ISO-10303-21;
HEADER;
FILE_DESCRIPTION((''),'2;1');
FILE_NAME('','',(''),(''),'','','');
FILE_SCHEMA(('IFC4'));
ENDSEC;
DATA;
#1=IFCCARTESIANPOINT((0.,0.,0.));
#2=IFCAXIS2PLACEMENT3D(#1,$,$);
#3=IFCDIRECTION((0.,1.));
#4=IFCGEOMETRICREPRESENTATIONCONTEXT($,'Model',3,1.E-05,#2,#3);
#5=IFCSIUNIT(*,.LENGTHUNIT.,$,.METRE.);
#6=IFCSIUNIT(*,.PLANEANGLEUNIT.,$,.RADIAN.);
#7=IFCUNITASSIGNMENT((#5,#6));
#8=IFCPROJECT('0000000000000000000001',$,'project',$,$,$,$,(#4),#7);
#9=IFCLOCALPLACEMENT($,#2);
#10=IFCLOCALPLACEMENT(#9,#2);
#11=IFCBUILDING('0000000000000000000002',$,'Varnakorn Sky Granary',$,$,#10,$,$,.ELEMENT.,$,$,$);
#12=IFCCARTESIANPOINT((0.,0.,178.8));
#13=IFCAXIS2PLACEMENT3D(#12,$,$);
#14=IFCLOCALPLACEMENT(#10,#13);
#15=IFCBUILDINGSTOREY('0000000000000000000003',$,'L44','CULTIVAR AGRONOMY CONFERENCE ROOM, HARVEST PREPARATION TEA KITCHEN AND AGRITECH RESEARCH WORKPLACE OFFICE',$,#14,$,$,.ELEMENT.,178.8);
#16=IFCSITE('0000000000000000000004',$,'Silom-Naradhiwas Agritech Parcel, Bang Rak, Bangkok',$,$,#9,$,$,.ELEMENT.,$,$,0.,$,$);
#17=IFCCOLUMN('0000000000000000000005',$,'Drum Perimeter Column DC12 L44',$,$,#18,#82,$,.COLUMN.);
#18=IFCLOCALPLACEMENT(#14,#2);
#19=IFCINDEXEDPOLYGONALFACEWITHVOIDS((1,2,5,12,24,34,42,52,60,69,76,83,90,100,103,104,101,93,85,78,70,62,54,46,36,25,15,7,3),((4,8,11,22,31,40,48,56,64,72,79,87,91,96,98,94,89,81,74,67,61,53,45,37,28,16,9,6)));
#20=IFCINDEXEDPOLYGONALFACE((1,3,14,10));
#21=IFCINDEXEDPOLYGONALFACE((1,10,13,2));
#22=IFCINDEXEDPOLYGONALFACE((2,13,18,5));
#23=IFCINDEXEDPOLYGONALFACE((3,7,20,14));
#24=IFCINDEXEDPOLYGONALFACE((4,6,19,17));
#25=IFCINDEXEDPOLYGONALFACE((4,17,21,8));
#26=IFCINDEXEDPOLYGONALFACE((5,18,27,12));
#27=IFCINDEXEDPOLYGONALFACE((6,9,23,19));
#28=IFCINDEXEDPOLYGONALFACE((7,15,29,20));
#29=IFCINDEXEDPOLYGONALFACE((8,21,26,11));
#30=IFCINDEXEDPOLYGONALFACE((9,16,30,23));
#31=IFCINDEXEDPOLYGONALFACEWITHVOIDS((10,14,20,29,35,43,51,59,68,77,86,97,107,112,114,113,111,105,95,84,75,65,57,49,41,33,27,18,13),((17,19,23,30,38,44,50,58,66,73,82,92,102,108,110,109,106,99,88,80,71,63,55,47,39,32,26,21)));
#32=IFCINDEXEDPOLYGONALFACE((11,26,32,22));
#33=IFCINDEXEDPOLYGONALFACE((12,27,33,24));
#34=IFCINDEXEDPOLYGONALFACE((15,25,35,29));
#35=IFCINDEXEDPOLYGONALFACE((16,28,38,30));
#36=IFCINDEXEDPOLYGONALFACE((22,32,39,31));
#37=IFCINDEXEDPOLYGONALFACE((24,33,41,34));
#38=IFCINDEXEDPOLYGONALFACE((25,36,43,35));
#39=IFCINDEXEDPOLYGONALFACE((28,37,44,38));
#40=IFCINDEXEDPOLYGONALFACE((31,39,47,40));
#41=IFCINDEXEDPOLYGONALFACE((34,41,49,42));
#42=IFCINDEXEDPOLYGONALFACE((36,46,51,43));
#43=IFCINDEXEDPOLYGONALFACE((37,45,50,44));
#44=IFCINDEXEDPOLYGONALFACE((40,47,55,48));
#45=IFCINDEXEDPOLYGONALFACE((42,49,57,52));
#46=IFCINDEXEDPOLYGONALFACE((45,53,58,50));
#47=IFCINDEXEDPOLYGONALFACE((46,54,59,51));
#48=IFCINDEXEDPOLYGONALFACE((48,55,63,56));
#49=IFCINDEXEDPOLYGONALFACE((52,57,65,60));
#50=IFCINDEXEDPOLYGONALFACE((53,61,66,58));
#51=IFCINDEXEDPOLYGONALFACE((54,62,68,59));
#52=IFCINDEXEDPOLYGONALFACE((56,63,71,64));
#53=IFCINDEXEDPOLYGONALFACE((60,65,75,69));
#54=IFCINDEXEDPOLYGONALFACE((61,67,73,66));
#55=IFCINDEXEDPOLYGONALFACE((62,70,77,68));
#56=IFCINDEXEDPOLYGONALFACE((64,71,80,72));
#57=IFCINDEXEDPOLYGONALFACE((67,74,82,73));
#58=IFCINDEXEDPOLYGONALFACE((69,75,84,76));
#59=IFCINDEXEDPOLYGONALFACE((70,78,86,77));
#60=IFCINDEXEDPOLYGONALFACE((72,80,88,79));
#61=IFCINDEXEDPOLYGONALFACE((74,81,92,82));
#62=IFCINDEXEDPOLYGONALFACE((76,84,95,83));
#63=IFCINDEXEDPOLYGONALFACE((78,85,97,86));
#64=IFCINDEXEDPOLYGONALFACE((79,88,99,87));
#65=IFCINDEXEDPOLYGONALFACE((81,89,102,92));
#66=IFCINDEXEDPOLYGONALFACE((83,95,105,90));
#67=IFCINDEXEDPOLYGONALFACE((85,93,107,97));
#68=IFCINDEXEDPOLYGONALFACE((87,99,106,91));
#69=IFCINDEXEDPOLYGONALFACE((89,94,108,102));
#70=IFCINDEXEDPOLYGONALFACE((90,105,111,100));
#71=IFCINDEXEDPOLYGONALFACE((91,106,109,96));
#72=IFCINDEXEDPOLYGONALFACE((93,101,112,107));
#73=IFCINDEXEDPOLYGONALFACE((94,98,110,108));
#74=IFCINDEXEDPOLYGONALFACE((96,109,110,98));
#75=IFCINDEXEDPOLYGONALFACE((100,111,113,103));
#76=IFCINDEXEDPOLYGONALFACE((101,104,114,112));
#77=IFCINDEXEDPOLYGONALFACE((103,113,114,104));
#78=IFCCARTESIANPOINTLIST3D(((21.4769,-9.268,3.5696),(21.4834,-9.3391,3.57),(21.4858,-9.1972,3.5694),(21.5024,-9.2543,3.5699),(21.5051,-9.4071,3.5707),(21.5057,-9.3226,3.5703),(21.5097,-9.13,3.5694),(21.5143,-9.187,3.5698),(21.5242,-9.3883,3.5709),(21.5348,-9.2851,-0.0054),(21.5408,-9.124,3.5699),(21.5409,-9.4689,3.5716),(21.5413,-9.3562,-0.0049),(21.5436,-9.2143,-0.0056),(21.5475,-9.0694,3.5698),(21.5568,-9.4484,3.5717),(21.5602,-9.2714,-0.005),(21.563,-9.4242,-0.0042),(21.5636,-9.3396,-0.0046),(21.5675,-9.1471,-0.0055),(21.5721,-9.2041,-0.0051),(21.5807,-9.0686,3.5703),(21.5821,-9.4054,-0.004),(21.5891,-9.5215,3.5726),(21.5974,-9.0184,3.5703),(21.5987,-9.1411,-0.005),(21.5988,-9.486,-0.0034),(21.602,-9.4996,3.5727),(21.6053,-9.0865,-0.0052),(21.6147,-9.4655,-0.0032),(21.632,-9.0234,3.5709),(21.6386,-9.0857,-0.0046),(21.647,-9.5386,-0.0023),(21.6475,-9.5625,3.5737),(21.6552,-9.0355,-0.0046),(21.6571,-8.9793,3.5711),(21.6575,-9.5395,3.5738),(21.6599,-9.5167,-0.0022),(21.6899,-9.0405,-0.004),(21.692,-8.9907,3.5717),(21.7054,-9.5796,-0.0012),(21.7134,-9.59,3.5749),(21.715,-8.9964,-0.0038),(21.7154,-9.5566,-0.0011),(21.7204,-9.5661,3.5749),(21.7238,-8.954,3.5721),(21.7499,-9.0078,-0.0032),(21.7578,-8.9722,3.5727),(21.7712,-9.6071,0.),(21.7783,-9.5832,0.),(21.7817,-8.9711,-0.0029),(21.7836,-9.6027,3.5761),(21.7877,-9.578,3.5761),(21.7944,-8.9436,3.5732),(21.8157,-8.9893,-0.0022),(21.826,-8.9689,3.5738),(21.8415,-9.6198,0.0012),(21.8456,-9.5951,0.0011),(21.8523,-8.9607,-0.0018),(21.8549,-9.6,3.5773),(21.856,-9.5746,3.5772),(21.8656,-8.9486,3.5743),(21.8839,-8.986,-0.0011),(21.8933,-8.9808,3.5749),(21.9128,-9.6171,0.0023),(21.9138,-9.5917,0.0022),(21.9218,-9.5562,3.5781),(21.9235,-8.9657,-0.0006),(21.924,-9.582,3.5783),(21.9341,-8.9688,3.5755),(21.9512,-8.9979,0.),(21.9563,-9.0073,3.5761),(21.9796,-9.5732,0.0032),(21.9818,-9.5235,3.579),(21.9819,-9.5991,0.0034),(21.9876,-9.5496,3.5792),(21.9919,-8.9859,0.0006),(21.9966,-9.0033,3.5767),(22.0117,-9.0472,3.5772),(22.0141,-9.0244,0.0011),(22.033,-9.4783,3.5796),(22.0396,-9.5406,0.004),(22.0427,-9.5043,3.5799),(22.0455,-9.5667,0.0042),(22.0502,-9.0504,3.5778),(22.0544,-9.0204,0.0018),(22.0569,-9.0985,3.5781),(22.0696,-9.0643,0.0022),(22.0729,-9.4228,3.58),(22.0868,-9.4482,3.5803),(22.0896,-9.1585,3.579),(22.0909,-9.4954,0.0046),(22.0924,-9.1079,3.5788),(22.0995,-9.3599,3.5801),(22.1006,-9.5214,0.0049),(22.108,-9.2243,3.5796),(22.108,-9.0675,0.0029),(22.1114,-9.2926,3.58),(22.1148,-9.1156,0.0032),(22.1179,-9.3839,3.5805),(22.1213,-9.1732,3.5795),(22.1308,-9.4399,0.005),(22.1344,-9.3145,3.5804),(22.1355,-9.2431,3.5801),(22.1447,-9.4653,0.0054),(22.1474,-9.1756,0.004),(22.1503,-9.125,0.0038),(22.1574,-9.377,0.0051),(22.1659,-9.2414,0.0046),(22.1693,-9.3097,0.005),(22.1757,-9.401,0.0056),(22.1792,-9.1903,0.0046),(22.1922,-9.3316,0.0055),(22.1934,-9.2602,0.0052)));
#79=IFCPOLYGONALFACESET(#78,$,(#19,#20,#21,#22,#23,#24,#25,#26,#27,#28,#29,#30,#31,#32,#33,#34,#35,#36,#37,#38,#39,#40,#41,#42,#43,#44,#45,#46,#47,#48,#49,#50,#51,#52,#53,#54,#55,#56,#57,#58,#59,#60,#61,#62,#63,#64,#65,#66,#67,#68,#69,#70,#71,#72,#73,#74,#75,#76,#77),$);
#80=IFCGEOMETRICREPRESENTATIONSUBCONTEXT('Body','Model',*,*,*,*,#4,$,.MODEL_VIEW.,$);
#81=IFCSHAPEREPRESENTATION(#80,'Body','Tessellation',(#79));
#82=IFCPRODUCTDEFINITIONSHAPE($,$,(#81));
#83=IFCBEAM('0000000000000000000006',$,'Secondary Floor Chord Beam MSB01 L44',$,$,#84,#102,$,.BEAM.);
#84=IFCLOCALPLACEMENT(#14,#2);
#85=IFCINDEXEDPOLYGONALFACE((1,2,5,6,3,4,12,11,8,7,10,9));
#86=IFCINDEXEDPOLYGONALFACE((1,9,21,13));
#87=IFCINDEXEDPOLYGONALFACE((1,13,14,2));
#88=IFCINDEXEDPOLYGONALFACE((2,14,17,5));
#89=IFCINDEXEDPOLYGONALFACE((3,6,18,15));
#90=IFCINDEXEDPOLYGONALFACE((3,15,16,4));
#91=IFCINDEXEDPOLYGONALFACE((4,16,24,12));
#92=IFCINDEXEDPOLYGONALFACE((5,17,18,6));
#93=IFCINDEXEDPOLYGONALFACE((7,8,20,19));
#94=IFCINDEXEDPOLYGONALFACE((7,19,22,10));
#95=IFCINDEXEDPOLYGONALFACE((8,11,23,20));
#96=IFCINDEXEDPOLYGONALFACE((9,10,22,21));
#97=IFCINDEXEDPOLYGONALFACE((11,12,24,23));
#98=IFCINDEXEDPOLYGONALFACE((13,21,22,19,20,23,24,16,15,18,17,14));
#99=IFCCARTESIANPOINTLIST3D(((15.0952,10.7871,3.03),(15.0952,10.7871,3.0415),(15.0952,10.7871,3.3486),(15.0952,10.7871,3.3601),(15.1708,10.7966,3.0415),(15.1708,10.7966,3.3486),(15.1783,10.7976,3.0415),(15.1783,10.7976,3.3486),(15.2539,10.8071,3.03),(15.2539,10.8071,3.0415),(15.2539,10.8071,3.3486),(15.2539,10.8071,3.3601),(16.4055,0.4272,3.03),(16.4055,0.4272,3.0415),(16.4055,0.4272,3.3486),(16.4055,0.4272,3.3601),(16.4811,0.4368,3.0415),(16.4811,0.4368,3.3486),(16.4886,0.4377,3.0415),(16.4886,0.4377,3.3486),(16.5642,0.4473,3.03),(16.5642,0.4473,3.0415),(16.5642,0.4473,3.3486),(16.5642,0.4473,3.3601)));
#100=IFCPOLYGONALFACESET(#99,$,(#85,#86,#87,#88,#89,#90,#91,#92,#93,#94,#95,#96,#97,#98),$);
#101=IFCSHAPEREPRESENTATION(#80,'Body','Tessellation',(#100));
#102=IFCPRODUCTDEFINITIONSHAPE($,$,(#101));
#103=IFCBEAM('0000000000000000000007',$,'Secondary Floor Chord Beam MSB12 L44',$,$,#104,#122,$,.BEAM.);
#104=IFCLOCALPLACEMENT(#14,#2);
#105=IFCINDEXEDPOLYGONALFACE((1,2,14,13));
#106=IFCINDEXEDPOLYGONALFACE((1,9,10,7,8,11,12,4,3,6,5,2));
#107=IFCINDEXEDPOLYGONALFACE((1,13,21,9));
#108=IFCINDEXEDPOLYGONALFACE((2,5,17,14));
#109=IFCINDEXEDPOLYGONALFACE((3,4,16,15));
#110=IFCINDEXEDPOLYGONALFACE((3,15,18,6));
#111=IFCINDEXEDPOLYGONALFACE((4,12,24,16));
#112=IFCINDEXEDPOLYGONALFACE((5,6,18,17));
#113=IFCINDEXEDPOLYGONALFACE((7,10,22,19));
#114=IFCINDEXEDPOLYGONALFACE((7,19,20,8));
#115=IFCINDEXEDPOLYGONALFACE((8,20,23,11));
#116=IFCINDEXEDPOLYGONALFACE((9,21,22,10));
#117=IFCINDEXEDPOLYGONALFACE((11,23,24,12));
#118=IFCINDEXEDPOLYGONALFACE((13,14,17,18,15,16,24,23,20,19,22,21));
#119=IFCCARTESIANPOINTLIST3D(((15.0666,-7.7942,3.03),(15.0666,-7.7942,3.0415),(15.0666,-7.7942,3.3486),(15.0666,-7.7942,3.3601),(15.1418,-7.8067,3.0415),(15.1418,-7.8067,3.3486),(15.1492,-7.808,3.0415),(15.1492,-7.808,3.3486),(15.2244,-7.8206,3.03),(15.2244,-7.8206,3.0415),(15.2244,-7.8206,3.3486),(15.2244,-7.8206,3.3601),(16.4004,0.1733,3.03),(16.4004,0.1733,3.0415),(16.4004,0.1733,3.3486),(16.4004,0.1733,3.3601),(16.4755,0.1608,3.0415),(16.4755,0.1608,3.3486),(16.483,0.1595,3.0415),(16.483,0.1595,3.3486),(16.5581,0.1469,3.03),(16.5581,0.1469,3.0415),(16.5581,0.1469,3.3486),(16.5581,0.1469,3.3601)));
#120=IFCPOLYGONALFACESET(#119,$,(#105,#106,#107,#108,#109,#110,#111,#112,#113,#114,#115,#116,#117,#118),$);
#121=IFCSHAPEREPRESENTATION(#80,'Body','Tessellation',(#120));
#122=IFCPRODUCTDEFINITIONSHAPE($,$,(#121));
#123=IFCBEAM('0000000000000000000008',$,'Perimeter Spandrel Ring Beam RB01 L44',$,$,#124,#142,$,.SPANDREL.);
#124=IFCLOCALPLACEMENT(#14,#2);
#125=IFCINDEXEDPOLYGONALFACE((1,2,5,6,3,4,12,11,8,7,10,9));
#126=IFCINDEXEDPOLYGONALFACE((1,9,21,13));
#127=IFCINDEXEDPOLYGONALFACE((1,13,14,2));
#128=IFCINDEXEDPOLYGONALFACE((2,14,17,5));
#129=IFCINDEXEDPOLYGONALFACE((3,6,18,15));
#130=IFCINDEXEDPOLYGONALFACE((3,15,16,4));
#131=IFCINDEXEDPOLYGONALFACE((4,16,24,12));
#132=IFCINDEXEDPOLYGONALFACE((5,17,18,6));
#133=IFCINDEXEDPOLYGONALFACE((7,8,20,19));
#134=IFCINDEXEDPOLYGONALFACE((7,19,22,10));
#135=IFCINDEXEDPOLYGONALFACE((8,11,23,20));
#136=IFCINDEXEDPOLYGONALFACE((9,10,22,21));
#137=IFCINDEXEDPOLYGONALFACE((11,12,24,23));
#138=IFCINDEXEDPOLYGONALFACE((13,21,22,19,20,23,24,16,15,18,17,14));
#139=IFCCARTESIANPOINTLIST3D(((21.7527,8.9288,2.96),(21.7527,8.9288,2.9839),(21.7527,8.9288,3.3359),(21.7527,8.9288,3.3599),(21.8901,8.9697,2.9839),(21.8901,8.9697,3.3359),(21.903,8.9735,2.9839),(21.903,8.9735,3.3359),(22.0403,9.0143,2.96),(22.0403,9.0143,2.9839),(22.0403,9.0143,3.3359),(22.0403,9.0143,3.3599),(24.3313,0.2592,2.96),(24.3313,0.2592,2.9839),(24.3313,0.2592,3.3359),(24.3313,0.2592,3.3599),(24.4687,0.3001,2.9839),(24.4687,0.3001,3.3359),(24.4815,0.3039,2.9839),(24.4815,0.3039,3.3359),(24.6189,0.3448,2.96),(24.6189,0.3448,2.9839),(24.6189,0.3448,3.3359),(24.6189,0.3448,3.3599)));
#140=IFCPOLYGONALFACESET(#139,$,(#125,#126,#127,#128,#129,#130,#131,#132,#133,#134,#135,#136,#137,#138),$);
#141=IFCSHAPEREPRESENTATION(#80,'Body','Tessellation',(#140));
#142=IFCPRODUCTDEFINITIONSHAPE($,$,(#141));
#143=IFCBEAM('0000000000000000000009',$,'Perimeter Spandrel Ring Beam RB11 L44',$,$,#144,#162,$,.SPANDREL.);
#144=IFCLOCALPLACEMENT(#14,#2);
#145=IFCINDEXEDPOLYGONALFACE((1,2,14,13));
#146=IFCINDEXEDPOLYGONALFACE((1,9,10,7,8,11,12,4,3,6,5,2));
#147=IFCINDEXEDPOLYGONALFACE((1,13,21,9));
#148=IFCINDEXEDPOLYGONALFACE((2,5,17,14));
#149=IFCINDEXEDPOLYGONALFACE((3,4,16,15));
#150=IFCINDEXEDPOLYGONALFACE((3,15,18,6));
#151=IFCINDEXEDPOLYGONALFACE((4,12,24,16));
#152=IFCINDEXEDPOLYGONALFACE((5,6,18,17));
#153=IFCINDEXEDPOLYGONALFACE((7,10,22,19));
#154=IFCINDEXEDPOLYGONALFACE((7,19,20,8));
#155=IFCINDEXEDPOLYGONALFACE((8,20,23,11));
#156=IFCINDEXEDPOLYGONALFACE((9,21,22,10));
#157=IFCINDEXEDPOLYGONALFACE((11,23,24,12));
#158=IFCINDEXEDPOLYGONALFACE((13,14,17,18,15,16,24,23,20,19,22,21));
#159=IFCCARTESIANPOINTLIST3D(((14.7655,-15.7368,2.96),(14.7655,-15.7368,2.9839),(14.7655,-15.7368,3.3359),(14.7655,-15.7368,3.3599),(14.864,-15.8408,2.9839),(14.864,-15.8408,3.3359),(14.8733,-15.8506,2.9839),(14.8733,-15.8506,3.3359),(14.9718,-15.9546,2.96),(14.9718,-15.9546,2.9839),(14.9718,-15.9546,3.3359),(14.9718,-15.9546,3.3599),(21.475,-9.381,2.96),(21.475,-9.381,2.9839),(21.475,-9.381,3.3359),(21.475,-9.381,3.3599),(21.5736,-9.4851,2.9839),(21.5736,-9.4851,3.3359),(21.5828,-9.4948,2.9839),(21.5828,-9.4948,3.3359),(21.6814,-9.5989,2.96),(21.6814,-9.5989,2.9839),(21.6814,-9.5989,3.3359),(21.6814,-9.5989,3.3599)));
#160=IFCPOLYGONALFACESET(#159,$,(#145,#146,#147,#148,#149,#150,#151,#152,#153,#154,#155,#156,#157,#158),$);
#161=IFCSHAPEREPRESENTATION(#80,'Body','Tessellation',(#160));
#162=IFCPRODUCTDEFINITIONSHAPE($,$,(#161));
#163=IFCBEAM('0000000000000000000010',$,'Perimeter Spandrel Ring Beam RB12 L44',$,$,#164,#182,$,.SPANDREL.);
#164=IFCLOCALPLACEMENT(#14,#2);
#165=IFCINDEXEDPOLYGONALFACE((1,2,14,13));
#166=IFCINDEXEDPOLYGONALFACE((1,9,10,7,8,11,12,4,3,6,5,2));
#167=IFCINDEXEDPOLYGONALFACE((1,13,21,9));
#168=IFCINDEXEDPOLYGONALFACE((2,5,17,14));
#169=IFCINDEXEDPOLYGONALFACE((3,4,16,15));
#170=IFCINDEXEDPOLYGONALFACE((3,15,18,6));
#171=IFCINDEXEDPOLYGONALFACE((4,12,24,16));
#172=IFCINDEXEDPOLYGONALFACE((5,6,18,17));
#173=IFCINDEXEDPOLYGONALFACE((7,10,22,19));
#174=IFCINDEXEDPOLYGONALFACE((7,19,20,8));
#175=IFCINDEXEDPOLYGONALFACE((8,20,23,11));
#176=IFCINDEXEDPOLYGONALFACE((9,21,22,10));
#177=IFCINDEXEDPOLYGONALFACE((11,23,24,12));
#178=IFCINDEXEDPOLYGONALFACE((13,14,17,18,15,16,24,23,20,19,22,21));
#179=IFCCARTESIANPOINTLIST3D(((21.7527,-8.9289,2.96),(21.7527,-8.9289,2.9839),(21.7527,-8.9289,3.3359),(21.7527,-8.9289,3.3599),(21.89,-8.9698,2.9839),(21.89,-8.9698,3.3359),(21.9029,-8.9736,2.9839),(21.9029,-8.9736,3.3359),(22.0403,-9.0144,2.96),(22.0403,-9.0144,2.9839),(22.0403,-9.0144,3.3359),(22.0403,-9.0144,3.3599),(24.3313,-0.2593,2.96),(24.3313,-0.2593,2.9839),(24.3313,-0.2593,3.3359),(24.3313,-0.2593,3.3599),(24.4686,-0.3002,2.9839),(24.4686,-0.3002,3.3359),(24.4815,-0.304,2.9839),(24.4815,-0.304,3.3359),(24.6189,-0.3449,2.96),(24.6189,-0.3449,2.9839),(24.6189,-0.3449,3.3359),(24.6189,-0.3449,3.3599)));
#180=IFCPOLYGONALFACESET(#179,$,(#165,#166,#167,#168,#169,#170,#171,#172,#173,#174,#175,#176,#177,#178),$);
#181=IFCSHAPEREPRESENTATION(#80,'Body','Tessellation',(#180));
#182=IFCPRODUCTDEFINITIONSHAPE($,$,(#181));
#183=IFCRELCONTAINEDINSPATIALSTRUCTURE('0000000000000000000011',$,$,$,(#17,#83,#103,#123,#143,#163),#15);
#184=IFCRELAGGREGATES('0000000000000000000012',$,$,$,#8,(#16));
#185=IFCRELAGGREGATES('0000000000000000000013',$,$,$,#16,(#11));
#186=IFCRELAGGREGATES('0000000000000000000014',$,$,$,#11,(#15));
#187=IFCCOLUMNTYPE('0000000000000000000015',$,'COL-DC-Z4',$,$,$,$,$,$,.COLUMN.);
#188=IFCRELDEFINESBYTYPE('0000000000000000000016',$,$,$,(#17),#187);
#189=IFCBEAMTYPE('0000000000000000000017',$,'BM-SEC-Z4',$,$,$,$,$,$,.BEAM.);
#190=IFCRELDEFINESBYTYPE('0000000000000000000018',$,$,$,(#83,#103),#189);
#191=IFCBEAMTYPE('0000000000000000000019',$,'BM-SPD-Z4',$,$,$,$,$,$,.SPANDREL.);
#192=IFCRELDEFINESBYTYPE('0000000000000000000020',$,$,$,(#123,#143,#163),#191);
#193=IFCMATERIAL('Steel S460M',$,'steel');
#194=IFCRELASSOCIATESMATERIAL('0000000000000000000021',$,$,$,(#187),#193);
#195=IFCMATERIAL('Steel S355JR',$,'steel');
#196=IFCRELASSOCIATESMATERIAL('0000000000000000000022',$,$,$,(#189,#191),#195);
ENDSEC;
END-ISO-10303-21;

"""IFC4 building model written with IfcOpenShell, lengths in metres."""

from ifc_helpers import new_model, si_unit, direction, frame, origin, origin_2d, place, context, subcontext, project, spatial, hollow_circle, i_section, extrude, material, material_profile, profile_set, type_object, element, save


model = new_model("IFC4")

# Units and contexts
model_context = context("Model", 3, precision=1e-05, world=origin(), true_north=direction((0.0, 1.0)))
body_context = subcontext(model_context, "Body", "Model", "MODEL_VIEW")
ifc_project = project(units=[si_unit("LENGTHUNIT", "METRE"), si_unit("PLANEANGLEUNIT", "RADIAN")], contexts=[model_context])

# Site, building, storey
site_placement = place(None, origin())
site = spatial("IfcSite", under=ifc_project, at=site_placement, Name="Silom-Naradhiwas Agritech Parcel, Bang Rak, Bangkok", CompositionType="ELEMENT", RefElevation=0.0)
building_placement = place(site_placement, origin())
building = spatial("IfcBuilding", under=site, at=building_placement, Name="Varnakorn Sky Granary", CompositionType="ELEMENT")
storey_placement = place(building_placement, frame((0.0, 0.0, 178.8)))
storey = spatial("IfcBuildingStorey", under=building, at=storey_placement, Name="L44", Description="CULTIVAR AGRONOMY CONFERENCE ROOM, HARVEST PREPARATION TEA KITCHEN AND AGRITECH RESEARCH WORKPLACE OFFICE", CompositionType="ELEMENT", Elevation=178.8)

# Column
ifc_material_1 = material(Name="Steel S460M", Category="steel")
ifc_material_profile_1 = material_profile(ifc_material_1, hollow_circle(Radius=0.3301, WallThickness=0.0249, at=origin_2d()), Name="CHS 660x25")
ifc_profile_set_1 = profile_set([ifc_material_profile_1], Name="Steel S460M")
column_type = type_object("IfcColumnType", Name="COL-DC-Z4", PredefinedType="COLUMN", material=ifc_profile_set_1)
column_1_placement = place(storey_placement, frame((21.8647, -9.2905, 0.0), z_axis=(-0.016183, 0.00478, 0.999858), x_axis=(-0.283262, -0.959043, 0.0)))
element("IfcColumn", 1, at=column_1_placement, inside=storey, type_object=column_type, Name="Drum Perimeter Column DC12 L44", PredefinedType="COLUMN", context=body_context, shape_type="SweptSolid", body=[
    extrude(hollow_circle(Radius=0.3301, WallThickness=0.0249, at=origin_2d()), origin(), (0.0, 0.0, 1.0), 3.5754),
])

# Beams
ifc_material_2 = material(Name="Steel S355JR", Category="steel")
ifc_material_profile_2 = material_profile(ifc_material_2, i_section(OverallWidth=0.1599, OverallDepth=0.3301, WebThickness=0.0076, FlangeThickness=0.0115, at=origin_2d()), Name="IPE 330")
ifc_profile_set_2 = profile_set([ifc_material_profile_2], Name="Steel S355JR")
beam_type_1 = type_object("IfcBeamType", Name="BM-SEC-Z4", PredefinedType="BEAM", material=ifc_profile_set_2)
beam_1_placement = place(storey_placement, frame((16.4849, 0.4373, 3.1951), z_axis=(-0.125479, 0.992096, 0.0), x_axis=(-0.992096, -0.125479, 0.0)))
element("IfcBeam", 2, at=beam_1_placement, inside=storey, type_object=beam_type_1, Name="Secondary Floor Chord Beam MSB01 L44", PredefinedType="BEAM", context=body_context, shape_type="SweptSolid", body=[
    extrude(i_section(OverallWidth=0.1599, OverallDepth=0.3301, WebThickness=0.0076, FlangeThickness=0.0115, at=origin_2d()), origin(), (0.0, 0.0, 1.0), 10.4424),
])
beam_2_placement = place(storey_placement, frame((15.1455, -7.8074, 3.1951), z_axis=(0.1651, 0.986277, 0.0), x_axis=(-0.986277, 0.1651, 0.0)))
element("IfcBeam", 3, at=beam_2_placement, inside=storey, type_object=beam_type_1, Name="Secondary Floor Chord Beam MSB12 L44", PredefinedType="BEAM", context=body_context, shape_type="SweptSolid", body=[
    extrude(i_section(OverallWidth=0.1599, OverallDepth=0.3301, WebThickness=0.0076, FlangeThickness=0.0115, at=origin_2d()), origin(), (0.0, 0.0, 1.0), 8.0784),
])
ifc_material_profile_3 = material_profile(ifc_material_2, i_section(OverallWidth=0.3, OverallDepth=0.3999, WebThickness=0.0134, FlangeThickness=0.0239, at=origin_2d()), Name="HE 400 B")
ifc_profile_set_3 = profile_set([ifc_material_profile_3], Name="Steel S355JR")
beam_type_2 = type_object("IfcBeamType", Name="BM-SPD-Z4", PredefinedType="SPANDREL", material=ifc_profile_set_3)
beam_3_placement = place(storey_placement, frame((24.4751, 0.302, 3.1599), z_axis=(-0.285086, 0.958502, 0.0), x_axis=(-0.958502, -0.285086, 0.0)))
element("IfcBeam", 4, at=beam_3_placement, inside=storey, type_object=beam_type_2, Name="Perimeter Spandrel Ring Beam RB01 L44", PredefinedType="SPANDREL", context=body_context, shape_type="SweptSolid", body=[
    extrude(i_section(OverallWidth=0.3, OverallDepth=0.3999, WebThickness=0.0134, FlangeThickness=0.0239, at=origin_2d()), origin(), (0.0, 0.0, 1.0), 9.0449),
])
beam_4_placement = place(storey_placement, frame((14.8687, -15.8457, 3.1599), z_axis=(0.725987, 0.687709, 0.0), x_axis=(-0.687709, 0.725987, 0.0)))
element("IfcBeam", 5, at=beam_4_placement, inside=storey, type_object=beam_type_2, Name="Perimeter Spandrel Ring Beam RB11 L44", PredefinedType="SPANDREL", context=body_context, shape_type="SweptSolid", body=[
    extrude(i_section(OverallWidth=0.3, OverallDepth=0.3999, WebThickness=0.0134, FlangeThickness=0.0239, at=origin_2d()), origin(), (0.0, 0.0, 1.0), 9.2419),
])
beam_5_placement = place(storey_placement, frame((21.8965, -8.9717, 3.1599), z_axis=(0.285086, 0.958502, 0.0), x_axis=(-0.958502, 0.285086, 0.0)))
element("IfcBeam", 6, at=beam_5_placement, inside=storey, type_object=beam_type_2, Name="Perimeter Spandrel Ring Beam RB12 L44", PredefinedType="SPANDREL", context=body_context, shape_type="SweptSolid", body=[
    extrude(i_section(OverallWidth=0.3, OverallDepth=0.3999, WebThickness=0.0134, FlangeThickness=0.0239, at=origin_2d()), origin(), (0.0, 0.0, 1.0), 9.0449),
])

save(model, "model.ifc")
